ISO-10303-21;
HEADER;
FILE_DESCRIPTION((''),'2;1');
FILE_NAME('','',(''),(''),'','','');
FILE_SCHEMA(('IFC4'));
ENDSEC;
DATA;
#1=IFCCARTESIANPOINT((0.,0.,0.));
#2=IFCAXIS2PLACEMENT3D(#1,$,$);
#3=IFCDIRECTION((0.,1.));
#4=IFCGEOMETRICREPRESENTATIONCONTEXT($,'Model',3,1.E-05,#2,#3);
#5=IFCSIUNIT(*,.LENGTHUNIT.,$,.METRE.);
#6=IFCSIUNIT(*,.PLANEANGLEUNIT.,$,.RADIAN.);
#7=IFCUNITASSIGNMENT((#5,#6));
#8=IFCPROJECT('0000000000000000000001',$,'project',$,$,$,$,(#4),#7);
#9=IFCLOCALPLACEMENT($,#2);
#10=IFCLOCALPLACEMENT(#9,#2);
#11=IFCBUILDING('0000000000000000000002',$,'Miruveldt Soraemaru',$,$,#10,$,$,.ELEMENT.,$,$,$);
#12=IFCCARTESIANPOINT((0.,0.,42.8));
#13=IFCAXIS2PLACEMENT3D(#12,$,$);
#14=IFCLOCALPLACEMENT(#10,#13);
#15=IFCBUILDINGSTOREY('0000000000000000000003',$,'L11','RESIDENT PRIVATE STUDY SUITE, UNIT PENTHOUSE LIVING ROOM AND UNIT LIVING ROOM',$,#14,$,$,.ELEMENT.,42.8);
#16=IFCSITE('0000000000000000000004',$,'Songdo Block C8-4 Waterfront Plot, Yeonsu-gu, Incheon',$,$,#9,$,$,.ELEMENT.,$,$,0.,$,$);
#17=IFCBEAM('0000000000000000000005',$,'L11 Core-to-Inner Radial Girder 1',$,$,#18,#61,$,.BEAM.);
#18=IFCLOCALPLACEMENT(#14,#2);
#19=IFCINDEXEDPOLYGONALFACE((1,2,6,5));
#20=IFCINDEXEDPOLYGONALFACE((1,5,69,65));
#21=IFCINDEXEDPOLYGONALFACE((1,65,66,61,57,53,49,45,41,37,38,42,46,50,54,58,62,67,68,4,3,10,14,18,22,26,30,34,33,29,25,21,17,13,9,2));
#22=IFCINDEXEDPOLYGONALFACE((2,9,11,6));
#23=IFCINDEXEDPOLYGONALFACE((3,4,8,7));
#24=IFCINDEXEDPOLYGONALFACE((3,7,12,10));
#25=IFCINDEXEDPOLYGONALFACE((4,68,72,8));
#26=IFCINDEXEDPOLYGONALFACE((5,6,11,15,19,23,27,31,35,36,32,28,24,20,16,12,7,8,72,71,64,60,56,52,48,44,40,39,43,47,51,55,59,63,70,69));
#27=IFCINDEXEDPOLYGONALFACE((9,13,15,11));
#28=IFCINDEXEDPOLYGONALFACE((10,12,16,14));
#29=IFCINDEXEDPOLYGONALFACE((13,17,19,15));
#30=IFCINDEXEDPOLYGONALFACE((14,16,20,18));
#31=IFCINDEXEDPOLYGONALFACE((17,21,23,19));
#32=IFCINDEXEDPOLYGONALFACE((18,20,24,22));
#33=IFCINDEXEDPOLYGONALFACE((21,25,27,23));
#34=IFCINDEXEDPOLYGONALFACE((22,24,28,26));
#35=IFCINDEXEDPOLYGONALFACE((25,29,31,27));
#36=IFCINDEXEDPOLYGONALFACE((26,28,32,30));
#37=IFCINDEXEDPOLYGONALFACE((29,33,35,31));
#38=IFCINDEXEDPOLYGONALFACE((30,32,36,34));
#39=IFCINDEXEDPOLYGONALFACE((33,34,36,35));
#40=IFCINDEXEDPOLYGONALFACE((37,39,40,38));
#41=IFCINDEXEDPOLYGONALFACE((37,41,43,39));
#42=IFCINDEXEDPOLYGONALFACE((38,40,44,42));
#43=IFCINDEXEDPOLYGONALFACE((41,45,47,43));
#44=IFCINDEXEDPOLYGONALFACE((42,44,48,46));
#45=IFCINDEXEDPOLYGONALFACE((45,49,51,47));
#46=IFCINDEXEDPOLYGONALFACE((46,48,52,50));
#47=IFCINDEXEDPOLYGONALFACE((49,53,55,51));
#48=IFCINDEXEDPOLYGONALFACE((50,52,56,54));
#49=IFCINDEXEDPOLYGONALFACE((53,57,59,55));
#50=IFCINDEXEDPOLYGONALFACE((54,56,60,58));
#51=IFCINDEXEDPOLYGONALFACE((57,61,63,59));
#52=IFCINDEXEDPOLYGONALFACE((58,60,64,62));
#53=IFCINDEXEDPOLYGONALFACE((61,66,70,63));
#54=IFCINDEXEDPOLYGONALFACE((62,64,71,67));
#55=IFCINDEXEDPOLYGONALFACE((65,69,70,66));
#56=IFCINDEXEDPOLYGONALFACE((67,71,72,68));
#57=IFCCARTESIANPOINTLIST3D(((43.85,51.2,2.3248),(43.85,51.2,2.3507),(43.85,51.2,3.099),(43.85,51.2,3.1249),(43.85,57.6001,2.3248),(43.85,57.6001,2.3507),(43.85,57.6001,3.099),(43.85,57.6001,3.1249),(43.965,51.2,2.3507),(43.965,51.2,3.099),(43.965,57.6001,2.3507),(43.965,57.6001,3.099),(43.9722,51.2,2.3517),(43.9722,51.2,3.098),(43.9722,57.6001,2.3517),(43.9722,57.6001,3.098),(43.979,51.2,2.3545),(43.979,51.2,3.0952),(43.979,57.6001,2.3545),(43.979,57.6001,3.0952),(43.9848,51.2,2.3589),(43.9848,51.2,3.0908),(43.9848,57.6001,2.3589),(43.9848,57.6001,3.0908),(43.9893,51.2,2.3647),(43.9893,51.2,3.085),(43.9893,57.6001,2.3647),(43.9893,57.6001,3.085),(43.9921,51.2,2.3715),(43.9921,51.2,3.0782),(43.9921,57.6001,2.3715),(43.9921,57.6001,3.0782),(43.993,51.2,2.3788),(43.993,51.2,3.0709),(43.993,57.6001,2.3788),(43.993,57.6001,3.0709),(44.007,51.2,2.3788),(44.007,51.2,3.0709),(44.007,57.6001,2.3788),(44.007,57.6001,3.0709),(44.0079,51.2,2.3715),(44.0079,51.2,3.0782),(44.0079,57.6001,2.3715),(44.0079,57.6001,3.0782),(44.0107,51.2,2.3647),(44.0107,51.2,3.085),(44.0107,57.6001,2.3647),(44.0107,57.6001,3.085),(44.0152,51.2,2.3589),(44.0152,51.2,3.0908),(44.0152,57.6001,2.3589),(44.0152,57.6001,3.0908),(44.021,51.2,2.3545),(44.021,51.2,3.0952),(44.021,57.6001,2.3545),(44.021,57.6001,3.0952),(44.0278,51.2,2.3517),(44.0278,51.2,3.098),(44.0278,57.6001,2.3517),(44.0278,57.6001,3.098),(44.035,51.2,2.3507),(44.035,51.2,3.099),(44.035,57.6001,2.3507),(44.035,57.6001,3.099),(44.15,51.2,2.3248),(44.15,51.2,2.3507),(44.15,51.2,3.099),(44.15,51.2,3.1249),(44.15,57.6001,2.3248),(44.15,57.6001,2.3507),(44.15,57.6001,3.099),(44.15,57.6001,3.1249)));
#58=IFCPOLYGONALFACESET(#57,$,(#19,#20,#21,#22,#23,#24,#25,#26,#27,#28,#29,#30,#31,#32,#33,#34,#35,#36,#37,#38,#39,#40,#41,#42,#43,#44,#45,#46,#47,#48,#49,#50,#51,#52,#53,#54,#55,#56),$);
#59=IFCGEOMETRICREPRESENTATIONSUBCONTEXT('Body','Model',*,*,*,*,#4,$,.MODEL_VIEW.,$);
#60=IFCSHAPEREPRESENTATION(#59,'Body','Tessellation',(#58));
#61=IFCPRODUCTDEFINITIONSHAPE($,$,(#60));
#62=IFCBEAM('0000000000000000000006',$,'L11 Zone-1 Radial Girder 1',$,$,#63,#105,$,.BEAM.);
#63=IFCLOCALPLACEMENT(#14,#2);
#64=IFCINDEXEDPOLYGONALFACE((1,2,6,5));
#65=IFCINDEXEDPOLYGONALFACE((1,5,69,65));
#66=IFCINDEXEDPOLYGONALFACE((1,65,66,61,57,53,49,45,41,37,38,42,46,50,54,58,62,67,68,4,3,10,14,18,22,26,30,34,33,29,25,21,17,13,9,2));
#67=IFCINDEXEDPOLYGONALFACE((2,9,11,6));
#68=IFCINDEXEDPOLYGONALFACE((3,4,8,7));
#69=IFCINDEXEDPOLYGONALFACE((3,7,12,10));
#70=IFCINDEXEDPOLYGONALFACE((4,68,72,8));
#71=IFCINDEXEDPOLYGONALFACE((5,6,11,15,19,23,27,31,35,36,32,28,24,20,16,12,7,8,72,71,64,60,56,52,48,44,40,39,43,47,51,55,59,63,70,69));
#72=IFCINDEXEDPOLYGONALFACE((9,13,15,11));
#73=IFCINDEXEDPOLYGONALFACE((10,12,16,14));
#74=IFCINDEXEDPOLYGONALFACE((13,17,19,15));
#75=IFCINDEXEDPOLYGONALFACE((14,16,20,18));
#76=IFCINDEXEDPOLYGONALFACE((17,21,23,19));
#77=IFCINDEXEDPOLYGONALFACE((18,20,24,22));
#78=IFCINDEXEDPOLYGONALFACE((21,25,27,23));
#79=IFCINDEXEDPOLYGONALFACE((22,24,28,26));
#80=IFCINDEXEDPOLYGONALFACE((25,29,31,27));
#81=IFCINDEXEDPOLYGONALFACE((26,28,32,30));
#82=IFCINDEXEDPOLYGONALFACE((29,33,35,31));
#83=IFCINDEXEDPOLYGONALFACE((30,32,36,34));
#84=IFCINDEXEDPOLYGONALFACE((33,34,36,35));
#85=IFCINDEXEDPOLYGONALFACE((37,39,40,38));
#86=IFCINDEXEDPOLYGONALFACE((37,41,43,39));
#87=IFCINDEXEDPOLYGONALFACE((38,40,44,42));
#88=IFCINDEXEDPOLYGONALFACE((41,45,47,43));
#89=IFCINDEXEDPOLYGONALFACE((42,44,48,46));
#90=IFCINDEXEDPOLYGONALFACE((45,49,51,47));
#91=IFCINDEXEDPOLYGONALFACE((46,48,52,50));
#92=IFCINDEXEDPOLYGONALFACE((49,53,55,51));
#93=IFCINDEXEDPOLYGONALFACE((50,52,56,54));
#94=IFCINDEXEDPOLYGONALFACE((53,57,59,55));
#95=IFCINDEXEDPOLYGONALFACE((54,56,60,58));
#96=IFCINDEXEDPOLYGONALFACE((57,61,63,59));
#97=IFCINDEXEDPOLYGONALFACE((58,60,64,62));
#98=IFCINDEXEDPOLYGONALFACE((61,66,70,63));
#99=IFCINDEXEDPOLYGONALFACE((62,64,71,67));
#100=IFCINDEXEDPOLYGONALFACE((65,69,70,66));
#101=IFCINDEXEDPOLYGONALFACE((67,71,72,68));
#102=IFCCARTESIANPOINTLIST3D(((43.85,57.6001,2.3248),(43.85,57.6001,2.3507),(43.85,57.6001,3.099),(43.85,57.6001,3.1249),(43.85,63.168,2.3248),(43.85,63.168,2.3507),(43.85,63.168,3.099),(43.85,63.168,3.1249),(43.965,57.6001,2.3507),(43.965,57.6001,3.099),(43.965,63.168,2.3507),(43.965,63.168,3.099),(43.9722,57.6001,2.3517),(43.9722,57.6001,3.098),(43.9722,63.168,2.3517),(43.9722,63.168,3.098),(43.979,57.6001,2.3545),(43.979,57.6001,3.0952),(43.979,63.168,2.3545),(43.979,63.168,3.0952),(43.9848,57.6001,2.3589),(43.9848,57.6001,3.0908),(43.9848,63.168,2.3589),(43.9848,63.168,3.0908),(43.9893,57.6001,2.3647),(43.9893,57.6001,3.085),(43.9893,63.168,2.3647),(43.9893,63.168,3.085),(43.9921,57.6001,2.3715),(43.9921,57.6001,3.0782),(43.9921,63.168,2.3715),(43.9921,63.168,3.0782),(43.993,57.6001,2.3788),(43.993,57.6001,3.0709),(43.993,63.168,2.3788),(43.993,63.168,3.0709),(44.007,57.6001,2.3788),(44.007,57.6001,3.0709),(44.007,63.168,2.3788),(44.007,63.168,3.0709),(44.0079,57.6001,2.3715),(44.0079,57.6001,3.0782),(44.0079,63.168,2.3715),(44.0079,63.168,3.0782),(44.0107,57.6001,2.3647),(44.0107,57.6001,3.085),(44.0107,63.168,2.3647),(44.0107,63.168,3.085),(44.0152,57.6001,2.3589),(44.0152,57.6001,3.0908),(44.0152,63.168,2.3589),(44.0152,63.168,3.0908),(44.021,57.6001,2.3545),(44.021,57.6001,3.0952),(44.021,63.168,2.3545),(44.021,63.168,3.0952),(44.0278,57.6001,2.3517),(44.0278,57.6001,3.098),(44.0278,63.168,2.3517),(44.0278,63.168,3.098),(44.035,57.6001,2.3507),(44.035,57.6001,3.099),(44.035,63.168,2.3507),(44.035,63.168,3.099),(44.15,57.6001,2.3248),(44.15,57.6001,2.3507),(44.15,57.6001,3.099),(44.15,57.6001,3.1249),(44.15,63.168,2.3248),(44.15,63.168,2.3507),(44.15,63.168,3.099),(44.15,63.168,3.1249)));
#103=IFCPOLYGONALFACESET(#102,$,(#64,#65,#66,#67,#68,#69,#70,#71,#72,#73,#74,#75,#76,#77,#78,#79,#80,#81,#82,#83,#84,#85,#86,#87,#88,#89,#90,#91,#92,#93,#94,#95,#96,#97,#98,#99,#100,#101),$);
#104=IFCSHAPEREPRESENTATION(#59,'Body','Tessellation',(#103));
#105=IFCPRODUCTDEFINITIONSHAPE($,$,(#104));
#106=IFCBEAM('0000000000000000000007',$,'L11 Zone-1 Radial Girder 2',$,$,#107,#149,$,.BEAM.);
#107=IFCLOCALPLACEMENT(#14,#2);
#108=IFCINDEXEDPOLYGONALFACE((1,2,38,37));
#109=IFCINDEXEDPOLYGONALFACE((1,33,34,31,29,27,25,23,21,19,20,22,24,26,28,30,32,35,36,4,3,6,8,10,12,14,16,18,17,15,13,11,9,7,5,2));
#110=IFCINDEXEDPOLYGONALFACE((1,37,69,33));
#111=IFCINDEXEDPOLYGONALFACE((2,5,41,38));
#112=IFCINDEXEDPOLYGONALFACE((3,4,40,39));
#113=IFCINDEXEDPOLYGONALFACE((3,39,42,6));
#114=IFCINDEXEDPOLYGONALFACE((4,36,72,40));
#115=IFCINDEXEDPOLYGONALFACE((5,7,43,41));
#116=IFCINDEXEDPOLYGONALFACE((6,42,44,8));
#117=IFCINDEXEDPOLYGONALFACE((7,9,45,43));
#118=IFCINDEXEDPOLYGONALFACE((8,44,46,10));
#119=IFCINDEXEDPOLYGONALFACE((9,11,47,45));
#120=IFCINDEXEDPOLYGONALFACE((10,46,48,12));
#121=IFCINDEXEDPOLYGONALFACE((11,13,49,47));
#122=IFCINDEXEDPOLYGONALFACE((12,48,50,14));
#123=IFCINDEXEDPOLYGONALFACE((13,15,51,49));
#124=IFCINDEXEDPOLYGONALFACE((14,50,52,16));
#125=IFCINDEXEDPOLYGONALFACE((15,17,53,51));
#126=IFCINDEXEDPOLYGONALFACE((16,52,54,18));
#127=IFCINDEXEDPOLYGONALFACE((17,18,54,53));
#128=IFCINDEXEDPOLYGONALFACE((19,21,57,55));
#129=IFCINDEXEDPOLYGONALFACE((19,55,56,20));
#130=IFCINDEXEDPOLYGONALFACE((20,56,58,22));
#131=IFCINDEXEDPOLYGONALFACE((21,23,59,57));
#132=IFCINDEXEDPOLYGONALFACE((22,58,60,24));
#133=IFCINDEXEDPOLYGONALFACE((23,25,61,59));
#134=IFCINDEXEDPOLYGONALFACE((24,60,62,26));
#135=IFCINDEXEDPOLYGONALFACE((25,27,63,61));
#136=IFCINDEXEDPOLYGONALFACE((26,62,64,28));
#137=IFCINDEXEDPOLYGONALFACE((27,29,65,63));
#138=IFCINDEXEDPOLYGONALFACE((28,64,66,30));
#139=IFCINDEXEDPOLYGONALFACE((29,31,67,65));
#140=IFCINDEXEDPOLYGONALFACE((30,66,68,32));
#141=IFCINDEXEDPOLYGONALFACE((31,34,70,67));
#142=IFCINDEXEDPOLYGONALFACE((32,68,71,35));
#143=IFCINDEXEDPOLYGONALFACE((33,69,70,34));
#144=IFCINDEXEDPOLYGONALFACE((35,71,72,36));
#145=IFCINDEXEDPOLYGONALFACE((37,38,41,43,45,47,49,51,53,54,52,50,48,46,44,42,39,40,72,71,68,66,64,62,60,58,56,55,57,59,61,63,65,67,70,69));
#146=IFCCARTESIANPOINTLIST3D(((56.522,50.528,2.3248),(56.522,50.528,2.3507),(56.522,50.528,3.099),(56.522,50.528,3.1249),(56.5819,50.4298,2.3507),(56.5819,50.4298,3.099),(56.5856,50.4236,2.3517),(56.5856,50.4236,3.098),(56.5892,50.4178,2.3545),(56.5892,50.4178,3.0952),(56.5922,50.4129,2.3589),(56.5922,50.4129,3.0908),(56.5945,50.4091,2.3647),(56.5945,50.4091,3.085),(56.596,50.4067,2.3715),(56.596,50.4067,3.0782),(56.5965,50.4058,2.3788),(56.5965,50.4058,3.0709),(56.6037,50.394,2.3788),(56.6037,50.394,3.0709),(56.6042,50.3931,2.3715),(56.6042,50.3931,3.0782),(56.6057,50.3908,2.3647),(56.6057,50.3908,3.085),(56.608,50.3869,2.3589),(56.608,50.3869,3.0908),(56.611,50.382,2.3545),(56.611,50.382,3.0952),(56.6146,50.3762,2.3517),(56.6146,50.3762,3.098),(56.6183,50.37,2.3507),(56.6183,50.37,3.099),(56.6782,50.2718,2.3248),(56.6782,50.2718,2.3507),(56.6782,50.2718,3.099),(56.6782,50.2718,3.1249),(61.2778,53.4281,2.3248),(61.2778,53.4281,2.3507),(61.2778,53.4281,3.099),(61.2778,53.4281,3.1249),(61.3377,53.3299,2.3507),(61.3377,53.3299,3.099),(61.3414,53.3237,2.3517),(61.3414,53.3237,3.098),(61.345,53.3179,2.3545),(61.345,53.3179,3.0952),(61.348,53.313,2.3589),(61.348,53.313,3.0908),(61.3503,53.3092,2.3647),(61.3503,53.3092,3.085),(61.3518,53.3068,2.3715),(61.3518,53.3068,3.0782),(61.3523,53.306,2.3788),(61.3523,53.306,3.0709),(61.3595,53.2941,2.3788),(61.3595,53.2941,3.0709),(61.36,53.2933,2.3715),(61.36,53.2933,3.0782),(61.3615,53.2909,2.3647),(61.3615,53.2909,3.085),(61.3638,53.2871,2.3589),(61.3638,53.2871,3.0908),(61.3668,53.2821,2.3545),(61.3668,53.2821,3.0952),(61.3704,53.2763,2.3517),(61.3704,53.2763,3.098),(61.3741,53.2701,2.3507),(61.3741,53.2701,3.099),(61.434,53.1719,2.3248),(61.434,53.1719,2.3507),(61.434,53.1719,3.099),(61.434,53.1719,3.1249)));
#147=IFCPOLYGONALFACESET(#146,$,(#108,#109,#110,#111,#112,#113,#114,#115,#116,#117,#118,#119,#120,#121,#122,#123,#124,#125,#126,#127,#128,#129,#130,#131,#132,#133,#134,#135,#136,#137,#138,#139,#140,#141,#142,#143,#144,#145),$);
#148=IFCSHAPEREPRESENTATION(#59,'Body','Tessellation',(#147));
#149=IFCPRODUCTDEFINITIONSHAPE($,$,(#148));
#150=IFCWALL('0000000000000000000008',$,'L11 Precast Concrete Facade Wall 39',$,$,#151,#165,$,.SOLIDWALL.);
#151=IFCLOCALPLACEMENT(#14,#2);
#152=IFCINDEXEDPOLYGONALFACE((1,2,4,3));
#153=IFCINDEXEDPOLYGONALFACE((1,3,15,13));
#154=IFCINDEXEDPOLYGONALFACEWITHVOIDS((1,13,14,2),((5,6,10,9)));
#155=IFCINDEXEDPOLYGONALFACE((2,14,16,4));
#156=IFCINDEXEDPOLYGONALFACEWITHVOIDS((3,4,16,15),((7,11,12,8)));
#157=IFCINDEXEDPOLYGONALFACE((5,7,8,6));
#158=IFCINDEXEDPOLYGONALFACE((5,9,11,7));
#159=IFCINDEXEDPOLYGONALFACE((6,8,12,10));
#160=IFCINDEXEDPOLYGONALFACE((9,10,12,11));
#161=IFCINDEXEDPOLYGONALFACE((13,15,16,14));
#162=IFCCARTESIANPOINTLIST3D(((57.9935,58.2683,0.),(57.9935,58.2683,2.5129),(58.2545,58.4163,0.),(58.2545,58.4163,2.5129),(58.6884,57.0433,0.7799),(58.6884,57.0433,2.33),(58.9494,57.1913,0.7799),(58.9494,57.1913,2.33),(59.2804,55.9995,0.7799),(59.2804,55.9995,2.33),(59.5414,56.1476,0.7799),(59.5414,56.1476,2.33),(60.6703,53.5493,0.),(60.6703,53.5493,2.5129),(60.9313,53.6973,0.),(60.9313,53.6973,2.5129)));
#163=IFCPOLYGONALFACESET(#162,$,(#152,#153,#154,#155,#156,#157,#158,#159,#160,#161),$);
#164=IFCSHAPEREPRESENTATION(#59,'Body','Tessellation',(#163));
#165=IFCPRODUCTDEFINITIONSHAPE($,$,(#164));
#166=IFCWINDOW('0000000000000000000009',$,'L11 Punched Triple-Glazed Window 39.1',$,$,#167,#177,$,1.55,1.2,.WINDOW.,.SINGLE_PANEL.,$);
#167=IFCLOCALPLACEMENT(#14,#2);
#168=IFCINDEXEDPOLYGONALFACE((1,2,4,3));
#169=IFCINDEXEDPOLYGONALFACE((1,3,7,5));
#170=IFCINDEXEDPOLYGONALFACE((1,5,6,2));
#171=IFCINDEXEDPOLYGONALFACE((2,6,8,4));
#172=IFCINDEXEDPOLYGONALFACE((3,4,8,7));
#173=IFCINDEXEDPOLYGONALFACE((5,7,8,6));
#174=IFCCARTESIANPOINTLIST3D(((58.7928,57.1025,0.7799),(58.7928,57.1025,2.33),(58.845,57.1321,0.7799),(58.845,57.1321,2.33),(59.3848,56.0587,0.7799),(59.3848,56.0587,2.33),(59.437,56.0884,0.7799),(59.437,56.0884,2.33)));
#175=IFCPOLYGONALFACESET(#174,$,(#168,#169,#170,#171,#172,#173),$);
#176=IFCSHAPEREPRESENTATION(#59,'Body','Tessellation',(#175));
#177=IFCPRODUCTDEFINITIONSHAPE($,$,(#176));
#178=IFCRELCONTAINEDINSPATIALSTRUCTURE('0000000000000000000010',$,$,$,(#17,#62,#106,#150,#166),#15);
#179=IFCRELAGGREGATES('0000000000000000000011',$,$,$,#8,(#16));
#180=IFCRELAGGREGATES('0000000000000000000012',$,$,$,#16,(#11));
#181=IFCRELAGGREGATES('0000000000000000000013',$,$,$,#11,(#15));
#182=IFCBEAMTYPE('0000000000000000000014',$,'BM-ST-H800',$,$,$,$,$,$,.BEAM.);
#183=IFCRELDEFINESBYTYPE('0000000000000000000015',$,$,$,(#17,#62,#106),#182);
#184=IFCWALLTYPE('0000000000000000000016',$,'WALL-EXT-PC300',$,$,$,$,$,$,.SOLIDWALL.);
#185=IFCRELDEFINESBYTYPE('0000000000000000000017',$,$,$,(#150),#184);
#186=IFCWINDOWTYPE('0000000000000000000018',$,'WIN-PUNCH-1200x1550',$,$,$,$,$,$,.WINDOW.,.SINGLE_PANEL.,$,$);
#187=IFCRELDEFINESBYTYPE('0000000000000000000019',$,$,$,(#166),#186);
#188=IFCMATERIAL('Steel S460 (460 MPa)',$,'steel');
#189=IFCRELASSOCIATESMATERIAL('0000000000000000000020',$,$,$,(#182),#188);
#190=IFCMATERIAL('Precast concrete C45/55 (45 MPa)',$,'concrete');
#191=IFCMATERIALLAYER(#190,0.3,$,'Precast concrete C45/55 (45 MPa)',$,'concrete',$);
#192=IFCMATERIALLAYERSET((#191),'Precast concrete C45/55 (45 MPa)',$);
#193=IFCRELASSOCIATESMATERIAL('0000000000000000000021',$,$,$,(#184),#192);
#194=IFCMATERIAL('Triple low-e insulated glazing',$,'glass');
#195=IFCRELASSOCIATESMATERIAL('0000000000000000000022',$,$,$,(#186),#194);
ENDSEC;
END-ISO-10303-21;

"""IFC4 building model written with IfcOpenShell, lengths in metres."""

from ifc_helpers import new_model, si_unit, direction, frame, frame_2d, origin, origin_2d, place, context, subcontext, project, spatial, rectangle, i_section, extrude, material, layer, layer_set, material_profile, profile_set, type_object, element, fill, save


model = new_model("IFC4")

# Units and contexts
model_context = context("Model", 3, precision=1e-05, world=origin(), true_north=direction((0.0, 1.0)))
body_context = subcontext(model_context, "Body", "Model", "MODEL_VIEW")
ifc_project = project(units=[si_unit("LENGTHUNIT", "METRE"), si_unit("PLANEANGLEUNIT", "RADIAN")], contexts=[model_context])

# Site, building, storey
site_placement = place(None, origin())
site = spatial("IfcSite", under=ifc_project, at=site_placement, Name="Songdo Block C8-4 Waterfront Plot, Yeonsu-gu, Incheon", CompositionType="ELEMENT", RefElevation=0.0)
building_placement = place(site_placement, origin())
building = spatial("IfcBuilding", under=site, at=building_placement, Name="Miruveldt Soraemaru", CompositionType="ELEMENT")
storey_placement = place(building_placement, frame((0.0, 0.0, 42.8)))
storey = spatial("IfcBuildingStorey", under=building, at=storey_placement, Name="L11", Description="RESIDENT PRIVATE STUDY SUITE, UNIT PENTHOUSE LIVING ROOM AND UNIT LIVING ROOM", CompositionType="ELEMENT", Elevation=42.8)

# Beams
ifc_material_1 = material(Name="Steel S460 (460 MPa)", Category="steel")
ifc_material_profile_1 = material_profile(ifc_material_1, i_section(OverallWidth=0.3, OverallDepth=0.8, WebThickness=0.0139, FlangeThickness=0.0259, FilletRadius=0.0281, at=origin_2d()), Name="Steel S460 (460 MPa)", Category="steel")
ifc_profile_set_1 = profile_set([ifc_material_profile_1], Name="Steel S460 (460 MPa)")
beam_type_1 = type_object("IfcBeamType", Name="BM-ST-H800", PredefinedType="BEAM", material=ifc_profile_set_1)
beam_1_placement = place(storey_placement, frame((44.0, 51.2, 2.7249), z_axis=(0.0, 1.0, 0.0), x_axis=(-1.0, 0.0, 0.0)))
element("IfcBeam", 1, at=beam_1_placement, inside=storey, type_object=beam_type_1, Name="L11 Core-to-Inner Radial Girder 1", PredefinedType="BEAM", context=body_context, shape_type="SweptSolid", body=[
    extrude(i_section(OverallWidth=0.3, OverallDepth=0.8, WebThickness=0.0139, FlangeThickness=0.0259, FilletRadius=0.0281, at=origin_2d()), origin(), (0.0, 0.0, 1.0), 6.4001),
])
beam_2_placement = place(storey_placement, frame((44.0, 57.6001, 2.7249), z_axis=(0.0, 1.0, 0.0), x_axis=(-1.0, 0.0, 0.0)))
element("IfcBeam", 2, at=beam_2_placement, inside=storey, type_object=beam_type_1, Name="L11 Zone-1 Radial Girder 1", PredefinedType="BEAM", context=body_context, shape_type="SweptSolid", body=[
    extrude(i_section(OverallWidth=0.3, OverallDepth=0.8, WebThickness=0.0139, FlangeThickness=0.0259, FilletRadius=0.0281, at=origin_2d()), origin(), (0.0, 0.0, 1.0), 5.5679),
])
beam_3_placement = place(storey_placement, frame((56.6001, 50.3999, 2.7249), z_axis=(0.853778, 0.520638, 0.0), x_axis=(-0.520638, 0.853778, 0.0)))
element("IfcBeam", 3, at=beam_3_placement, inside=storey, type_object=beam_type_1, Name="L11 Zone-1 Radial Girder 2", PredefinedType="BEAM", context=body_context, shape_type="SweptSolid", body=[
    extrude(i_section(OverallWidth=0.3, OverallDepth=0.8, WebThickness=0.0139, FlangeThickness=0.0259, FilletRadius=0.0281, at=origin_2d()), origin(), (0.0, 0.0, 1.0), 5.5703),
])

# Wall, opening, window
ifc_material_2 = material(Name="Precast concrete C45/55 (45 MPa)", Category="concrete")
ifc_layer_1 = layer(ifc_material_2, 0.3, Name="Precast concrete C45/55 (45 MPa)", Category="concrete")
ifc_layer_set_1 = layer_set([ifc_layer_1], Name="Precast concrete C45/55 (45 MPa)")
wall_type_1 = type_object("IfcWallType", Name="WALL-EXT-PC300", PredefinedType="SOLIDWALL", material=ifc_layer_set_1)
wall_1_placement = place(storey_placement, frame((60.8008, 53.6233, 0.0), z_axis=(0.0, 0.0, 1.0), x_axis=(-0.493384, 0.869812, 0.0)))
wall_1 = element("IfcWall", 4, at=wall_1_placement, inside=storey, type_object=wall_type_1, Name="L11 Precast Concrete Facade Wall 39", PredefinedType="SOLIDWALL", context=body_context, shape_type="SweptSolid", body=[
    extrude(rectangle(XDim=5.4253, YDim=0.3, at=frame_2d((2.7126, 0.0))), origin(), (0.0, 0.0, 1.0), 2.5129),
])
opening_1_placement = place(wall_1_placement, frame((2.8169, 0.0, 0.78)))
opening_1 = element("IfcOpeningElement", 5, at=opening_1_placement, cuts=wall_1, PredefinedType="OPENING", context=body_context, shape_type="SweptSolid", body=[
    extrude(rectangle(XDim=1.2, YDim=1.55, at=frame_2d((0.6001, 0.7749))), frame((0.0, 0.1602, 0.0), z_axis=(0.0, -1.0, 0.0), x_axis=(1.0, 0.0, 0.0)), (0.0, 0.0, 1.0), 0.3201),
])
ifc_material_3 = material(Name="Triple low-e insulated glazing", Category="glass")
window_type = type_object("IfcWindowType", Name="WIN-PUNCH-1200x1550", PartitioningType="SINGLE_PANEL", PredefinedType="WINDOW", material=ifc_material_3)
window_placement = place(opening_1_placement, origin())
window = element("IfcWindow", 6, at=window_placement, inside=storey, type_object=window_type, Name="L11 Punched Triple-Glazed Window 39.1", OverallHeight=1.55, OverallWidth=1.2, PartitioningType="SINGLE_PANEL", PredefinedType="WINDOW", context=body_context, shape_type="SweptSolid", body=[
    extrude(rectangle(XDim=1.2, YDim=1.55, at=frame_2d((0.6001, 0.7749))), frame((0.0, 0.03, 0.0), z_axis=(0.0, -1.0, 0.0), x_axis=(1.0, 0.0, 0.0)), (0.0, 0.0, 1.0), 0.0601),
])
fill(opening_1, window)

save(model, "model.ifc")
